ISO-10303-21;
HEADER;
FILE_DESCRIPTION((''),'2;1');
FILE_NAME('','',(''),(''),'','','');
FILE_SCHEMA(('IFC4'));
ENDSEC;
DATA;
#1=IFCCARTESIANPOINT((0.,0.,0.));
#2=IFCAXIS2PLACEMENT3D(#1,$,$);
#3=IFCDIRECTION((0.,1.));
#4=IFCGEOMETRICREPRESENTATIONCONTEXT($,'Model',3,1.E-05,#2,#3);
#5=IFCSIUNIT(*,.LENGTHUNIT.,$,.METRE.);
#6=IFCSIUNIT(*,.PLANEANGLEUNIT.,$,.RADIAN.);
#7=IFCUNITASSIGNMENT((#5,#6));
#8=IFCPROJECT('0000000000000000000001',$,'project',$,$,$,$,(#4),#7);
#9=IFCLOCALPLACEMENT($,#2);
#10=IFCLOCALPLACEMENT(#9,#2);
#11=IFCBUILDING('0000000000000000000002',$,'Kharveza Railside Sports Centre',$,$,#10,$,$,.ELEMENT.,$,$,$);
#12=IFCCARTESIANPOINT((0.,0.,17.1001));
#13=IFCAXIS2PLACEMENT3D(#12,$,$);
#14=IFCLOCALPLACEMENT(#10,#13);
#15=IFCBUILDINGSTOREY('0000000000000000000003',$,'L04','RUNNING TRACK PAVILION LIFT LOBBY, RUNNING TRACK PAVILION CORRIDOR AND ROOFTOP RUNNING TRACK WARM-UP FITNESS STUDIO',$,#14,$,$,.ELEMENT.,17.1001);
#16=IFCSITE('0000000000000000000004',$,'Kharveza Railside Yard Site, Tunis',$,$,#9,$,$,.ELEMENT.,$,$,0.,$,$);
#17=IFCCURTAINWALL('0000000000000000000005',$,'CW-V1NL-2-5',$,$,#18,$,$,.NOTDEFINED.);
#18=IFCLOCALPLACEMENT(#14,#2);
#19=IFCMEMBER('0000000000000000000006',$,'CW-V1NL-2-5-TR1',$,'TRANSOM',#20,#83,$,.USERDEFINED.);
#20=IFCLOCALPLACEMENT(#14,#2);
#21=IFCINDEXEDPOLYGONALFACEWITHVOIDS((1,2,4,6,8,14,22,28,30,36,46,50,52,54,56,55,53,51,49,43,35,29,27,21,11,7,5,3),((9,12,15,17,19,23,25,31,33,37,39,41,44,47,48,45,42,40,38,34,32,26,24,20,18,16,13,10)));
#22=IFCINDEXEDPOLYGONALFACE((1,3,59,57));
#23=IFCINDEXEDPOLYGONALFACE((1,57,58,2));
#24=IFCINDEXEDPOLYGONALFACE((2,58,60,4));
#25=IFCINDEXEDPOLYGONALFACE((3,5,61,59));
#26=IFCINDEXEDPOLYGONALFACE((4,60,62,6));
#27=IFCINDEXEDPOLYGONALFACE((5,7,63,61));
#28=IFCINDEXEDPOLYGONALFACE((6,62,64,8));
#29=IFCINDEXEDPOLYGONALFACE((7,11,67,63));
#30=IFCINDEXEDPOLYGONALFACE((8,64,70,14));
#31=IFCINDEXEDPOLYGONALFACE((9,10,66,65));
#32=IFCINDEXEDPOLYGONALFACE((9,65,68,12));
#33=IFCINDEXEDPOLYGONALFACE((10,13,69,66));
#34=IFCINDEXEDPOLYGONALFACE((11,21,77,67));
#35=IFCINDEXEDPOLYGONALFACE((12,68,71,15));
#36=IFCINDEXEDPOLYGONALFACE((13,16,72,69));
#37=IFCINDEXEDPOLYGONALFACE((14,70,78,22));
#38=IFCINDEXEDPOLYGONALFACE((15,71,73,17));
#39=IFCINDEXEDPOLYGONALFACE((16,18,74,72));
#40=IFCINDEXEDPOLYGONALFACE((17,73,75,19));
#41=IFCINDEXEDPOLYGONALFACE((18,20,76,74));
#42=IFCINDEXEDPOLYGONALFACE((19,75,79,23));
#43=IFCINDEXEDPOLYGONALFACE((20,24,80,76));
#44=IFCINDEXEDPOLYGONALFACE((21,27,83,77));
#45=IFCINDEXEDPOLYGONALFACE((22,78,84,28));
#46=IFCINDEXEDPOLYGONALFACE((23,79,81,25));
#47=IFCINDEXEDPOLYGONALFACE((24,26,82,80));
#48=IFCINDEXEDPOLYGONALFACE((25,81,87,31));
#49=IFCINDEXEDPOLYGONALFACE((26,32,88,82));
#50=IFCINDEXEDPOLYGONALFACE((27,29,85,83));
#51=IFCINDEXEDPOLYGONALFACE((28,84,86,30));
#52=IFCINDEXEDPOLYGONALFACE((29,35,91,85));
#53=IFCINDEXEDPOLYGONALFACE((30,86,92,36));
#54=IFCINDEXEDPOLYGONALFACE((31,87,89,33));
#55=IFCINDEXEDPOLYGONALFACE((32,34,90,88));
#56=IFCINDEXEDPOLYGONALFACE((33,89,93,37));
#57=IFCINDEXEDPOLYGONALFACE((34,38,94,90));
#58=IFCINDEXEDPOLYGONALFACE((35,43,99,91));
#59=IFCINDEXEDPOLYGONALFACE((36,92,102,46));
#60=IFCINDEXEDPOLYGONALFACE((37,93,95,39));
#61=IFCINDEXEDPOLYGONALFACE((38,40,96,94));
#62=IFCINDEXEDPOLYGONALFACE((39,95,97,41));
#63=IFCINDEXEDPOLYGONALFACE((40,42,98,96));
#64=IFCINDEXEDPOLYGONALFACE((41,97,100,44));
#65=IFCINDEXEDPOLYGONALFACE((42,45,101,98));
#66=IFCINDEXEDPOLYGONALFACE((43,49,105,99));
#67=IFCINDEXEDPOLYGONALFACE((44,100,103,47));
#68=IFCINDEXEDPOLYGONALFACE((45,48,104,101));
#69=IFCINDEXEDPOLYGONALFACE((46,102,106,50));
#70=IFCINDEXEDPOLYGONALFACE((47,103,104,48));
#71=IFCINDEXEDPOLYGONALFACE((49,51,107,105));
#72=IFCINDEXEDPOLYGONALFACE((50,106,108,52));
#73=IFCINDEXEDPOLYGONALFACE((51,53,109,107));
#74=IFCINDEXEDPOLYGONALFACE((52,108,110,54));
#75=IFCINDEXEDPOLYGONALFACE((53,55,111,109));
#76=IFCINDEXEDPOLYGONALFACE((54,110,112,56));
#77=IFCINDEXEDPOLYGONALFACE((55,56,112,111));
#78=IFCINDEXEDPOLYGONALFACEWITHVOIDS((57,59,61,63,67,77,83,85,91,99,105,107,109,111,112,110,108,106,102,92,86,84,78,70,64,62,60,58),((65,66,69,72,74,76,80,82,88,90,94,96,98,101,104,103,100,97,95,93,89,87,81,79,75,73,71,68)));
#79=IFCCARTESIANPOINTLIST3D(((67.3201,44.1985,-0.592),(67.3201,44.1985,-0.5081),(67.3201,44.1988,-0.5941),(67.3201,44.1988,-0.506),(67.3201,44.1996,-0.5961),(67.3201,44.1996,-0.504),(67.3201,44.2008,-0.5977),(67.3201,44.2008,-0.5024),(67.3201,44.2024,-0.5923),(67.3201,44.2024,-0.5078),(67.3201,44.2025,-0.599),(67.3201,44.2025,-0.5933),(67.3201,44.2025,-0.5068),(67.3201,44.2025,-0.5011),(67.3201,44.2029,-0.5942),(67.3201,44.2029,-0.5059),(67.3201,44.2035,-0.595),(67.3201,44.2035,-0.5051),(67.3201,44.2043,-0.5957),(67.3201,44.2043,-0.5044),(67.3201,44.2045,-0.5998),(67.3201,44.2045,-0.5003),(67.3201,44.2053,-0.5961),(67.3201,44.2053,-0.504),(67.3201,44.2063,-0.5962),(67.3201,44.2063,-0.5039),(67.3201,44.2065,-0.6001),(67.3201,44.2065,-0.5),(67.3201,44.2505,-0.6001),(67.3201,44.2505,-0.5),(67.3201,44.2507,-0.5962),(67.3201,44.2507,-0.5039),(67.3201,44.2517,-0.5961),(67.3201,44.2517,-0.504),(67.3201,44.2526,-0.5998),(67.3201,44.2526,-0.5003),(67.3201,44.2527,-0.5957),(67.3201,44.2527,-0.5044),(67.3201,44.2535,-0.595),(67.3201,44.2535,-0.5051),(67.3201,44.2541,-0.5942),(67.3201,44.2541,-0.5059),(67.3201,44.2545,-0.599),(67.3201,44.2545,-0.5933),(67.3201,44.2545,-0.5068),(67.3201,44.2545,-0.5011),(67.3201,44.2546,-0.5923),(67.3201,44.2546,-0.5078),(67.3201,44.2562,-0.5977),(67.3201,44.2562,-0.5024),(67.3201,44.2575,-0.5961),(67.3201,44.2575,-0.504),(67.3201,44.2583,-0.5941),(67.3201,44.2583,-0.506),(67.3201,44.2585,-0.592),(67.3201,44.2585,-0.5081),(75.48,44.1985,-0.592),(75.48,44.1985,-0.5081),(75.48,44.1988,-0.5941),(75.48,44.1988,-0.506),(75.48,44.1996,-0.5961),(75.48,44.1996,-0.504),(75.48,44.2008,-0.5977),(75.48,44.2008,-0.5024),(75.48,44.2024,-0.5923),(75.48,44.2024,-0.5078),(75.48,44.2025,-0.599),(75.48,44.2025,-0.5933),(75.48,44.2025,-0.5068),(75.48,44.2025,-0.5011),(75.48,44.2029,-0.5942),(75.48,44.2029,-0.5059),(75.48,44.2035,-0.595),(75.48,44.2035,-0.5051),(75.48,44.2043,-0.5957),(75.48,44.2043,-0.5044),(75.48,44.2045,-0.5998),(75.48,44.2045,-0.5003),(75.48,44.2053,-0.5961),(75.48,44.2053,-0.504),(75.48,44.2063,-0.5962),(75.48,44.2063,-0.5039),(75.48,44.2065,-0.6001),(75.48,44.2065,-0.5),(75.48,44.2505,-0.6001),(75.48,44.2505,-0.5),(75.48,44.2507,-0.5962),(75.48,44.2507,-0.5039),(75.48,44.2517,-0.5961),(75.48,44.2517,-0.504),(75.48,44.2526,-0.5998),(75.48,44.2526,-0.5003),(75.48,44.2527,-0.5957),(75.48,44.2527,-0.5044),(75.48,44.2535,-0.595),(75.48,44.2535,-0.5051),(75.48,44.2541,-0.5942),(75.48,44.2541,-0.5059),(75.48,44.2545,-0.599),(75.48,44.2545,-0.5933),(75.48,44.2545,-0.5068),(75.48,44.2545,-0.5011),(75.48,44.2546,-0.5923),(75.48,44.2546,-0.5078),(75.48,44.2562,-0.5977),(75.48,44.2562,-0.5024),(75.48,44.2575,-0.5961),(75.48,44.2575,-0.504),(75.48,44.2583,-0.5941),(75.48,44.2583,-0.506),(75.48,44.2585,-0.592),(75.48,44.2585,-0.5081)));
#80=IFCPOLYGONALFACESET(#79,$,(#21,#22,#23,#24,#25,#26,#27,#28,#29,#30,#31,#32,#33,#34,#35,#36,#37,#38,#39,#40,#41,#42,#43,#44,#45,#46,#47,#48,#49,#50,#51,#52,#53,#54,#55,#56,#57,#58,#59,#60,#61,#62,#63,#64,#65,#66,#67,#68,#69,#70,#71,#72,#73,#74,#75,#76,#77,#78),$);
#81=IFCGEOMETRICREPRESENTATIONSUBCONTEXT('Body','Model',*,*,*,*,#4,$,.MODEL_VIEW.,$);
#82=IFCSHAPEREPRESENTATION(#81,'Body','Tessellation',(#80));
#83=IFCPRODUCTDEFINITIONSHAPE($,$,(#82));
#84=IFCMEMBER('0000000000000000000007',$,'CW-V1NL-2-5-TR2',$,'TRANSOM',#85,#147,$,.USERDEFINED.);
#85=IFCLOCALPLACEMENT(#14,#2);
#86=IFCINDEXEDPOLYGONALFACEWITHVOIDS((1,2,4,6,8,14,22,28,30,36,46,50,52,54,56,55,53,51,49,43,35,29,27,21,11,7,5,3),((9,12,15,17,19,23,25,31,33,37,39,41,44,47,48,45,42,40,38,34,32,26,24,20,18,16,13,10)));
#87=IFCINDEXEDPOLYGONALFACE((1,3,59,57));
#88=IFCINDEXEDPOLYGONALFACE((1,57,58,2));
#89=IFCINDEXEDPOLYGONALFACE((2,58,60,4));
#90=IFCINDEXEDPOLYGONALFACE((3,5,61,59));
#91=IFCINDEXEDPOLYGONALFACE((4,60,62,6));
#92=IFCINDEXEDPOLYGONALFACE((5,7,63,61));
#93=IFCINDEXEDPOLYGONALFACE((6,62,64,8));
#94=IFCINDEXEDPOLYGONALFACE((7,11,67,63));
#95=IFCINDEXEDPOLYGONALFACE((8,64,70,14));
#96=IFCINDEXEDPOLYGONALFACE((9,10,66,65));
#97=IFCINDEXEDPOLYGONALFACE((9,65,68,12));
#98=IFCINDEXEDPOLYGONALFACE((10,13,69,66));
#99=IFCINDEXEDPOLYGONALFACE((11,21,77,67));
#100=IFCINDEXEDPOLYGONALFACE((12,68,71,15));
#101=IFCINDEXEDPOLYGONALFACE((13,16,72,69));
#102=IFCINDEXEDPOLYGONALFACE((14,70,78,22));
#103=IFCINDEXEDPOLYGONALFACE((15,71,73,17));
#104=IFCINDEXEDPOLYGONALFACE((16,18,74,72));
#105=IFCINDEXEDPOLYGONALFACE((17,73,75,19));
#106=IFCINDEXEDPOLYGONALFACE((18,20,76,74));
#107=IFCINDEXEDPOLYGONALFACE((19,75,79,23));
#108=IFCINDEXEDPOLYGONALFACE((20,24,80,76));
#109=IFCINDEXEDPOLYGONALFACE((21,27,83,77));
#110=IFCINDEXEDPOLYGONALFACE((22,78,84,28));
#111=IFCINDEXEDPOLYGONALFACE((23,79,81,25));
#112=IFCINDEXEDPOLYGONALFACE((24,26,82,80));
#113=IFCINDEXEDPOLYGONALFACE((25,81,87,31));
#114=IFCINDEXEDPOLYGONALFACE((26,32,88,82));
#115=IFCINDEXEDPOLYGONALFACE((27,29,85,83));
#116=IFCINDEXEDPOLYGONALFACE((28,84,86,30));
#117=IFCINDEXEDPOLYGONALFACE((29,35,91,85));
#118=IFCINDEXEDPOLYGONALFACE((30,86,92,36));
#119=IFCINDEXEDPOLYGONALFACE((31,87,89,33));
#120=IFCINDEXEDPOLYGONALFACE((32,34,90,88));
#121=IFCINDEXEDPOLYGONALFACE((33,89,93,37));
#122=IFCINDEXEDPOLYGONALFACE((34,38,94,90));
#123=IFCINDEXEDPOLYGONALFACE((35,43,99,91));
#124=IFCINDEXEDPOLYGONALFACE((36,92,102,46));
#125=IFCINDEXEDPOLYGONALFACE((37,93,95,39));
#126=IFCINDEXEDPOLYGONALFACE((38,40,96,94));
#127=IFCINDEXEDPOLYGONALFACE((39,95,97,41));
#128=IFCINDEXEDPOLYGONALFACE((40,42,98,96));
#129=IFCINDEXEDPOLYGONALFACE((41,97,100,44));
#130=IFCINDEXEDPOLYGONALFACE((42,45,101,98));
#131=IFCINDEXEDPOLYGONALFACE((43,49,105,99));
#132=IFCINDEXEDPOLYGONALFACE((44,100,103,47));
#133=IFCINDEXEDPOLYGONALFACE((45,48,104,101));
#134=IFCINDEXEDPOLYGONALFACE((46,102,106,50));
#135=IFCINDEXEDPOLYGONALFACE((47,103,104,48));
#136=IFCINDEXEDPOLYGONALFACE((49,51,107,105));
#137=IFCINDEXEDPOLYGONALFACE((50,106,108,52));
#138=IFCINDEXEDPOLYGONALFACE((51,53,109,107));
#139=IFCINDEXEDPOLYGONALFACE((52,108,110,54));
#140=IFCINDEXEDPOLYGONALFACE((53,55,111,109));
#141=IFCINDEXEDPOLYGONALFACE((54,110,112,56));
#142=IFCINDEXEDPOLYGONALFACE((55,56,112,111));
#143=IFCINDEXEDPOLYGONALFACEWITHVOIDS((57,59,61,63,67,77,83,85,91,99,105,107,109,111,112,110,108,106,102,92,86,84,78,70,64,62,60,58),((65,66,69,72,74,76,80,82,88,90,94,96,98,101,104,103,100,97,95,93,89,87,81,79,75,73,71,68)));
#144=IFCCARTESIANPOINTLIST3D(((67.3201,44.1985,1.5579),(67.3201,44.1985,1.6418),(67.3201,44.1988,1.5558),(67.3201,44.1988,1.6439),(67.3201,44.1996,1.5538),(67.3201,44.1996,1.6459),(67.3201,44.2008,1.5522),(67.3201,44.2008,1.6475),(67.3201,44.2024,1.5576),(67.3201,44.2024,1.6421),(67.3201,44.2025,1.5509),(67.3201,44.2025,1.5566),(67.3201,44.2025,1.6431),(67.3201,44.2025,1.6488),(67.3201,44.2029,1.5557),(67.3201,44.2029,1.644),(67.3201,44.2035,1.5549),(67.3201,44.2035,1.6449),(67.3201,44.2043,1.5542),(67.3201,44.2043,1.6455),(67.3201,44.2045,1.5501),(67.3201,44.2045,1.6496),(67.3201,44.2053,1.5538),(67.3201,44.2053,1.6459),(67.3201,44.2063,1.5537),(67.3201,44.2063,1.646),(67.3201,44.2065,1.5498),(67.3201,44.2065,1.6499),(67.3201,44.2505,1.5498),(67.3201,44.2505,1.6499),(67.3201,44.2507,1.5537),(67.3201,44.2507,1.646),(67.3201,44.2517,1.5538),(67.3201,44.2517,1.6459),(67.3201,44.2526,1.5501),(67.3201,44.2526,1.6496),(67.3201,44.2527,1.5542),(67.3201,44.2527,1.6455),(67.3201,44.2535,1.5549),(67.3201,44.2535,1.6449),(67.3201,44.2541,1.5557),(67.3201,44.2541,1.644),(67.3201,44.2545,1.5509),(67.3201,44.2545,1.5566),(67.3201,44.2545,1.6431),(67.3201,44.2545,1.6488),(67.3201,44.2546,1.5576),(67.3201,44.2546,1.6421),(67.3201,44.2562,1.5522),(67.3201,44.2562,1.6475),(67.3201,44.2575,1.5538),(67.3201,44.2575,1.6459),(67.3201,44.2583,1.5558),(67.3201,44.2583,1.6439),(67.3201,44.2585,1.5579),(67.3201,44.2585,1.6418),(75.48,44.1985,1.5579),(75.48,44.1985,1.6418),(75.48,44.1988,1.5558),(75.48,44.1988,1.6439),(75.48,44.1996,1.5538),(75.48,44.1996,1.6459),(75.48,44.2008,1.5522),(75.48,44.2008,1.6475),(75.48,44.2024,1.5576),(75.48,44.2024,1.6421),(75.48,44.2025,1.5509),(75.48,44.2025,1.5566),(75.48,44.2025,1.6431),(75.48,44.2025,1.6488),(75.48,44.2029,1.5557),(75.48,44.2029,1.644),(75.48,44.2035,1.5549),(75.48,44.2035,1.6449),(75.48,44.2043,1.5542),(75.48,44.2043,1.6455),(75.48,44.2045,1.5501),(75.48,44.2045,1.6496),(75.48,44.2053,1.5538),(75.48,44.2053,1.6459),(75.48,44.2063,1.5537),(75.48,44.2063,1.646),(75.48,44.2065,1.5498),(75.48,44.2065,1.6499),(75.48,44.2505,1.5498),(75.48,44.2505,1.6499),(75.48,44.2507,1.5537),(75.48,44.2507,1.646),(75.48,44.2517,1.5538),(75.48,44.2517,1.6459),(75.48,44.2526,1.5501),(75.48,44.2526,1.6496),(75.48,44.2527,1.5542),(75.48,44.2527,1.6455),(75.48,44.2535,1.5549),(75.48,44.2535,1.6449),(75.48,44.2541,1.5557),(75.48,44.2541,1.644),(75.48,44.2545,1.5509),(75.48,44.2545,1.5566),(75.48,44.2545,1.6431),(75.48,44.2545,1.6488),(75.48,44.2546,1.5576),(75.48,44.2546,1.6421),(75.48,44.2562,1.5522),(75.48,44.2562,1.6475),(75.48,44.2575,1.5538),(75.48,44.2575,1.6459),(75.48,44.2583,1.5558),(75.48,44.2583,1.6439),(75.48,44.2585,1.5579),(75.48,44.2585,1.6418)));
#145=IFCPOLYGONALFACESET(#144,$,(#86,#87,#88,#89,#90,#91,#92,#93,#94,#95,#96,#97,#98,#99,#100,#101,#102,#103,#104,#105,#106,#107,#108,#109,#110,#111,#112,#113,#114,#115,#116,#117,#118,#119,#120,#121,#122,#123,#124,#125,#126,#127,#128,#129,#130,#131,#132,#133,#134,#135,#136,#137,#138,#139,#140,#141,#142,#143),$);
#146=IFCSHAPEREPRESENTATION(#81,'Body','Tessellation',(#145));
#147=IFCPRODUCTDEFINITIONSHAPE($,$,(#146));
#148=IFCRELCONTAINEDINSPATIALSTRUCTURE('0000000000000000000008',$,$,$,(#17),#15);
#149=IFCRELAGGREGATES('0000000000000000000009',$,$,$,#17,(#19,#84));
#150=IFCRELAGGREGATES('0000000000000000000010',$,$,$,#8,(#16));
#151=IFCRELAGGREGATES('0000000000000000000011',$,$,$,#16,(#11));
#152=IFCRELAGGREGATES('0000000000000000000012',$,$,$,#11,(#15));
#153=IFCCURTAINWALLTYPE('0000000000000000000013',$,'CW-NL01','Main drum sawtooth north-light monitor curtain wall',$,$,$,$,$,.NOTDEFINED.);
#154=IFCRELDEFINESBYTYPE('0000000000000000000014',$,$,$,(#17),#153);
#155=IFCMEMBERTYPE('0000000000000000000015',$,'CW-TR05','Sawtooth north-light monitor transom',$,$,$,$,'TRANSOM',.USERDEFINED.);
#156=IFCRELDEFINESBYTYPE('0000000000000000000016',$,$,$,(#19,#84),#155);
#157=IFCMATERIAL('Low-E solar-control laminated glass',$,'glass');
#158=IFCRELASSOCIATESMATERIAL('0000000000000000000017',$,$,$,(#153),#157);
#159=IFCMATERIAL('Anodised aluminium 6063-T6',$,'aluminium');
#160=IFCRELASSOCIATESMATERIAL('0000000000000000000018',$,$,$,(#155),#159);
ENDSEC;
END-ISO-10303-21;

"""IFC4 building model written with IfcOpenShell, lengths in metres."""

from ifc_helpers import new_model, si_unit, direction, frame, origin, origin_2d, place, context, subcontext, project, spatial, hollow_rectangle, extrude, material, material_profile, profile_set, type_object, element, aggregate, save


model = new_model("IFC4")

# Units and contexts
model_context = context("Model", 3, precision=1e-05, world=origin(), true_north=direction((0.0, 1.0)))
body_context = subcontext(model_context, "Body", "Model", "MODEL_VIEW")
ifc_project = project(units=[si_unit("LENGTHUNIT", "METRE"), si_unit("PLANEANGLEUNIT", "RADIAN")], contexts=[model_context])

# Site, building, storey
site_placement = place(None, origin())
site = spatial("IfcSite", under=ifc_project, at=site_placement, Name="Kharveza Railside Yard Site, Tunis", CompositionType="ELEMENT", RefElevation=0.0)
building_placement = place(site_placement, origin())
building = spatial("IfcBuilding", under=site, at=building_placement, Name="Kharveza Railside Sports Centre", CompositionType="ELEMENT")
storey_placement = place(building_placement, frame((0.0, 0.0, 17.1001)))
storey = spatial("IfcBuildingStorey", under=building, at=storey_placement, Name="L04", Description="RUNNING TRACK PAVILION LIFT LOBBY, RUNNING TRACK PAVILION CORRIDOR AND ROOFTOP RUNNING TRACK WARM-UP FITNESS STUDIO", CompositionType="ELEMENT", Elevation=17.1001)

# Curtain wall
ifc_material_1 = material(Name="Low-E solar-control laminated glass", Category="glass")
curtain_wall_type = type_object("IfcCurtainWallType", Name="CW-NL01", Description="Main drum sawtooth north-light monitor curtain wall", PredefinedType="NOTDEFINED", material=ifc_material_1)
ifc_material_2 = material(Name="Anodised aluminium 6063-T6", Category="aluminium")
curtain_wall_1_placement = place(storey_placement, origin())
curtain_wall_1 = element("IfcCurtainWall", 1, at=curtain_wall_1_placement, inside=storey, type_object=curtain_wall_type, Name="CW-V1NL-2-5", PredefinedType="NOTDEFINED")

# Members
ifc_material_profile_1 = material_profile(ifc_material_2, hollow_rectangle(XDim=0.0601, YDim=0.1001, WallThickness=0.0039, InnerFilletRadius=0.0039, OuterFilletRadius=0.0081, at=origin_2d()), Name="RHS 60x100x4.0")
ifc_profile_set_1 = profile_set([ifc_material_profile_1], Name="Anodised aluminium 6063-T6")
member_type_1 = type_object("IfcMemberType", Name="CW-TR05", Description="Sawtooth north-light monitor transom", ElementType="TRANSOM", PredefinedType="USERDEFINED", material=ifc_profile_set_1)
member_1_placement = place(storey_placement, frame((67.3201, 44.2285, -0.55), z_axis=(1.0, 0.0, 0.0), x_axis=(0.0, 1.0, 0.0)))
member_1 = element("IfcMember", 2, at=member_1_placement, type_object=member_type_1, Name="CW-V1NL-2-5-TR1", ObjectType="TRANSOM", PredefinedType="USERDEFINED", context=body_context, shape_type="SweptSolid", body=[
    extrude(hollow_rectangle(XDim=0.0601, YDim=0.1001, WallThickness=0.0039, InnerFilletRadius=0.0039, OuterFilletRadius=0.0081, at=origin_2d()), origin(), (0.0, 0.0, 1.0), 8.1599),
])
member_2_placement = place(storey_placement, frame((67.3201, 44.2285, 1.5999), z_axis=(1.0, 0.0, 0.0), x_axis=(0.0, 1.0, 0.0)))
member_2 = element("IfcMember", 3, at=member_2_placement, type_object=member_type_1, Name="CW-V1NL-2-5-TR2", ObjectType="TRANSOM", PredefinedType="USERDEFINED", context=body_context, shape_type="SweptSolid", body=[
    extrude(hollow_rectangle(XDim=0.0601, YDim=0.1001, WallThickness=0.0039, InnerFilletRadius=0.0039, OuterFilletRadius=0.0081, at=origin_2d()), origin(), (0.0, 0.0, 1.0), 8.1599),
])

aggregate(curtain_wall_1, [member_1, member_2])

save(model, "model.ifc")
